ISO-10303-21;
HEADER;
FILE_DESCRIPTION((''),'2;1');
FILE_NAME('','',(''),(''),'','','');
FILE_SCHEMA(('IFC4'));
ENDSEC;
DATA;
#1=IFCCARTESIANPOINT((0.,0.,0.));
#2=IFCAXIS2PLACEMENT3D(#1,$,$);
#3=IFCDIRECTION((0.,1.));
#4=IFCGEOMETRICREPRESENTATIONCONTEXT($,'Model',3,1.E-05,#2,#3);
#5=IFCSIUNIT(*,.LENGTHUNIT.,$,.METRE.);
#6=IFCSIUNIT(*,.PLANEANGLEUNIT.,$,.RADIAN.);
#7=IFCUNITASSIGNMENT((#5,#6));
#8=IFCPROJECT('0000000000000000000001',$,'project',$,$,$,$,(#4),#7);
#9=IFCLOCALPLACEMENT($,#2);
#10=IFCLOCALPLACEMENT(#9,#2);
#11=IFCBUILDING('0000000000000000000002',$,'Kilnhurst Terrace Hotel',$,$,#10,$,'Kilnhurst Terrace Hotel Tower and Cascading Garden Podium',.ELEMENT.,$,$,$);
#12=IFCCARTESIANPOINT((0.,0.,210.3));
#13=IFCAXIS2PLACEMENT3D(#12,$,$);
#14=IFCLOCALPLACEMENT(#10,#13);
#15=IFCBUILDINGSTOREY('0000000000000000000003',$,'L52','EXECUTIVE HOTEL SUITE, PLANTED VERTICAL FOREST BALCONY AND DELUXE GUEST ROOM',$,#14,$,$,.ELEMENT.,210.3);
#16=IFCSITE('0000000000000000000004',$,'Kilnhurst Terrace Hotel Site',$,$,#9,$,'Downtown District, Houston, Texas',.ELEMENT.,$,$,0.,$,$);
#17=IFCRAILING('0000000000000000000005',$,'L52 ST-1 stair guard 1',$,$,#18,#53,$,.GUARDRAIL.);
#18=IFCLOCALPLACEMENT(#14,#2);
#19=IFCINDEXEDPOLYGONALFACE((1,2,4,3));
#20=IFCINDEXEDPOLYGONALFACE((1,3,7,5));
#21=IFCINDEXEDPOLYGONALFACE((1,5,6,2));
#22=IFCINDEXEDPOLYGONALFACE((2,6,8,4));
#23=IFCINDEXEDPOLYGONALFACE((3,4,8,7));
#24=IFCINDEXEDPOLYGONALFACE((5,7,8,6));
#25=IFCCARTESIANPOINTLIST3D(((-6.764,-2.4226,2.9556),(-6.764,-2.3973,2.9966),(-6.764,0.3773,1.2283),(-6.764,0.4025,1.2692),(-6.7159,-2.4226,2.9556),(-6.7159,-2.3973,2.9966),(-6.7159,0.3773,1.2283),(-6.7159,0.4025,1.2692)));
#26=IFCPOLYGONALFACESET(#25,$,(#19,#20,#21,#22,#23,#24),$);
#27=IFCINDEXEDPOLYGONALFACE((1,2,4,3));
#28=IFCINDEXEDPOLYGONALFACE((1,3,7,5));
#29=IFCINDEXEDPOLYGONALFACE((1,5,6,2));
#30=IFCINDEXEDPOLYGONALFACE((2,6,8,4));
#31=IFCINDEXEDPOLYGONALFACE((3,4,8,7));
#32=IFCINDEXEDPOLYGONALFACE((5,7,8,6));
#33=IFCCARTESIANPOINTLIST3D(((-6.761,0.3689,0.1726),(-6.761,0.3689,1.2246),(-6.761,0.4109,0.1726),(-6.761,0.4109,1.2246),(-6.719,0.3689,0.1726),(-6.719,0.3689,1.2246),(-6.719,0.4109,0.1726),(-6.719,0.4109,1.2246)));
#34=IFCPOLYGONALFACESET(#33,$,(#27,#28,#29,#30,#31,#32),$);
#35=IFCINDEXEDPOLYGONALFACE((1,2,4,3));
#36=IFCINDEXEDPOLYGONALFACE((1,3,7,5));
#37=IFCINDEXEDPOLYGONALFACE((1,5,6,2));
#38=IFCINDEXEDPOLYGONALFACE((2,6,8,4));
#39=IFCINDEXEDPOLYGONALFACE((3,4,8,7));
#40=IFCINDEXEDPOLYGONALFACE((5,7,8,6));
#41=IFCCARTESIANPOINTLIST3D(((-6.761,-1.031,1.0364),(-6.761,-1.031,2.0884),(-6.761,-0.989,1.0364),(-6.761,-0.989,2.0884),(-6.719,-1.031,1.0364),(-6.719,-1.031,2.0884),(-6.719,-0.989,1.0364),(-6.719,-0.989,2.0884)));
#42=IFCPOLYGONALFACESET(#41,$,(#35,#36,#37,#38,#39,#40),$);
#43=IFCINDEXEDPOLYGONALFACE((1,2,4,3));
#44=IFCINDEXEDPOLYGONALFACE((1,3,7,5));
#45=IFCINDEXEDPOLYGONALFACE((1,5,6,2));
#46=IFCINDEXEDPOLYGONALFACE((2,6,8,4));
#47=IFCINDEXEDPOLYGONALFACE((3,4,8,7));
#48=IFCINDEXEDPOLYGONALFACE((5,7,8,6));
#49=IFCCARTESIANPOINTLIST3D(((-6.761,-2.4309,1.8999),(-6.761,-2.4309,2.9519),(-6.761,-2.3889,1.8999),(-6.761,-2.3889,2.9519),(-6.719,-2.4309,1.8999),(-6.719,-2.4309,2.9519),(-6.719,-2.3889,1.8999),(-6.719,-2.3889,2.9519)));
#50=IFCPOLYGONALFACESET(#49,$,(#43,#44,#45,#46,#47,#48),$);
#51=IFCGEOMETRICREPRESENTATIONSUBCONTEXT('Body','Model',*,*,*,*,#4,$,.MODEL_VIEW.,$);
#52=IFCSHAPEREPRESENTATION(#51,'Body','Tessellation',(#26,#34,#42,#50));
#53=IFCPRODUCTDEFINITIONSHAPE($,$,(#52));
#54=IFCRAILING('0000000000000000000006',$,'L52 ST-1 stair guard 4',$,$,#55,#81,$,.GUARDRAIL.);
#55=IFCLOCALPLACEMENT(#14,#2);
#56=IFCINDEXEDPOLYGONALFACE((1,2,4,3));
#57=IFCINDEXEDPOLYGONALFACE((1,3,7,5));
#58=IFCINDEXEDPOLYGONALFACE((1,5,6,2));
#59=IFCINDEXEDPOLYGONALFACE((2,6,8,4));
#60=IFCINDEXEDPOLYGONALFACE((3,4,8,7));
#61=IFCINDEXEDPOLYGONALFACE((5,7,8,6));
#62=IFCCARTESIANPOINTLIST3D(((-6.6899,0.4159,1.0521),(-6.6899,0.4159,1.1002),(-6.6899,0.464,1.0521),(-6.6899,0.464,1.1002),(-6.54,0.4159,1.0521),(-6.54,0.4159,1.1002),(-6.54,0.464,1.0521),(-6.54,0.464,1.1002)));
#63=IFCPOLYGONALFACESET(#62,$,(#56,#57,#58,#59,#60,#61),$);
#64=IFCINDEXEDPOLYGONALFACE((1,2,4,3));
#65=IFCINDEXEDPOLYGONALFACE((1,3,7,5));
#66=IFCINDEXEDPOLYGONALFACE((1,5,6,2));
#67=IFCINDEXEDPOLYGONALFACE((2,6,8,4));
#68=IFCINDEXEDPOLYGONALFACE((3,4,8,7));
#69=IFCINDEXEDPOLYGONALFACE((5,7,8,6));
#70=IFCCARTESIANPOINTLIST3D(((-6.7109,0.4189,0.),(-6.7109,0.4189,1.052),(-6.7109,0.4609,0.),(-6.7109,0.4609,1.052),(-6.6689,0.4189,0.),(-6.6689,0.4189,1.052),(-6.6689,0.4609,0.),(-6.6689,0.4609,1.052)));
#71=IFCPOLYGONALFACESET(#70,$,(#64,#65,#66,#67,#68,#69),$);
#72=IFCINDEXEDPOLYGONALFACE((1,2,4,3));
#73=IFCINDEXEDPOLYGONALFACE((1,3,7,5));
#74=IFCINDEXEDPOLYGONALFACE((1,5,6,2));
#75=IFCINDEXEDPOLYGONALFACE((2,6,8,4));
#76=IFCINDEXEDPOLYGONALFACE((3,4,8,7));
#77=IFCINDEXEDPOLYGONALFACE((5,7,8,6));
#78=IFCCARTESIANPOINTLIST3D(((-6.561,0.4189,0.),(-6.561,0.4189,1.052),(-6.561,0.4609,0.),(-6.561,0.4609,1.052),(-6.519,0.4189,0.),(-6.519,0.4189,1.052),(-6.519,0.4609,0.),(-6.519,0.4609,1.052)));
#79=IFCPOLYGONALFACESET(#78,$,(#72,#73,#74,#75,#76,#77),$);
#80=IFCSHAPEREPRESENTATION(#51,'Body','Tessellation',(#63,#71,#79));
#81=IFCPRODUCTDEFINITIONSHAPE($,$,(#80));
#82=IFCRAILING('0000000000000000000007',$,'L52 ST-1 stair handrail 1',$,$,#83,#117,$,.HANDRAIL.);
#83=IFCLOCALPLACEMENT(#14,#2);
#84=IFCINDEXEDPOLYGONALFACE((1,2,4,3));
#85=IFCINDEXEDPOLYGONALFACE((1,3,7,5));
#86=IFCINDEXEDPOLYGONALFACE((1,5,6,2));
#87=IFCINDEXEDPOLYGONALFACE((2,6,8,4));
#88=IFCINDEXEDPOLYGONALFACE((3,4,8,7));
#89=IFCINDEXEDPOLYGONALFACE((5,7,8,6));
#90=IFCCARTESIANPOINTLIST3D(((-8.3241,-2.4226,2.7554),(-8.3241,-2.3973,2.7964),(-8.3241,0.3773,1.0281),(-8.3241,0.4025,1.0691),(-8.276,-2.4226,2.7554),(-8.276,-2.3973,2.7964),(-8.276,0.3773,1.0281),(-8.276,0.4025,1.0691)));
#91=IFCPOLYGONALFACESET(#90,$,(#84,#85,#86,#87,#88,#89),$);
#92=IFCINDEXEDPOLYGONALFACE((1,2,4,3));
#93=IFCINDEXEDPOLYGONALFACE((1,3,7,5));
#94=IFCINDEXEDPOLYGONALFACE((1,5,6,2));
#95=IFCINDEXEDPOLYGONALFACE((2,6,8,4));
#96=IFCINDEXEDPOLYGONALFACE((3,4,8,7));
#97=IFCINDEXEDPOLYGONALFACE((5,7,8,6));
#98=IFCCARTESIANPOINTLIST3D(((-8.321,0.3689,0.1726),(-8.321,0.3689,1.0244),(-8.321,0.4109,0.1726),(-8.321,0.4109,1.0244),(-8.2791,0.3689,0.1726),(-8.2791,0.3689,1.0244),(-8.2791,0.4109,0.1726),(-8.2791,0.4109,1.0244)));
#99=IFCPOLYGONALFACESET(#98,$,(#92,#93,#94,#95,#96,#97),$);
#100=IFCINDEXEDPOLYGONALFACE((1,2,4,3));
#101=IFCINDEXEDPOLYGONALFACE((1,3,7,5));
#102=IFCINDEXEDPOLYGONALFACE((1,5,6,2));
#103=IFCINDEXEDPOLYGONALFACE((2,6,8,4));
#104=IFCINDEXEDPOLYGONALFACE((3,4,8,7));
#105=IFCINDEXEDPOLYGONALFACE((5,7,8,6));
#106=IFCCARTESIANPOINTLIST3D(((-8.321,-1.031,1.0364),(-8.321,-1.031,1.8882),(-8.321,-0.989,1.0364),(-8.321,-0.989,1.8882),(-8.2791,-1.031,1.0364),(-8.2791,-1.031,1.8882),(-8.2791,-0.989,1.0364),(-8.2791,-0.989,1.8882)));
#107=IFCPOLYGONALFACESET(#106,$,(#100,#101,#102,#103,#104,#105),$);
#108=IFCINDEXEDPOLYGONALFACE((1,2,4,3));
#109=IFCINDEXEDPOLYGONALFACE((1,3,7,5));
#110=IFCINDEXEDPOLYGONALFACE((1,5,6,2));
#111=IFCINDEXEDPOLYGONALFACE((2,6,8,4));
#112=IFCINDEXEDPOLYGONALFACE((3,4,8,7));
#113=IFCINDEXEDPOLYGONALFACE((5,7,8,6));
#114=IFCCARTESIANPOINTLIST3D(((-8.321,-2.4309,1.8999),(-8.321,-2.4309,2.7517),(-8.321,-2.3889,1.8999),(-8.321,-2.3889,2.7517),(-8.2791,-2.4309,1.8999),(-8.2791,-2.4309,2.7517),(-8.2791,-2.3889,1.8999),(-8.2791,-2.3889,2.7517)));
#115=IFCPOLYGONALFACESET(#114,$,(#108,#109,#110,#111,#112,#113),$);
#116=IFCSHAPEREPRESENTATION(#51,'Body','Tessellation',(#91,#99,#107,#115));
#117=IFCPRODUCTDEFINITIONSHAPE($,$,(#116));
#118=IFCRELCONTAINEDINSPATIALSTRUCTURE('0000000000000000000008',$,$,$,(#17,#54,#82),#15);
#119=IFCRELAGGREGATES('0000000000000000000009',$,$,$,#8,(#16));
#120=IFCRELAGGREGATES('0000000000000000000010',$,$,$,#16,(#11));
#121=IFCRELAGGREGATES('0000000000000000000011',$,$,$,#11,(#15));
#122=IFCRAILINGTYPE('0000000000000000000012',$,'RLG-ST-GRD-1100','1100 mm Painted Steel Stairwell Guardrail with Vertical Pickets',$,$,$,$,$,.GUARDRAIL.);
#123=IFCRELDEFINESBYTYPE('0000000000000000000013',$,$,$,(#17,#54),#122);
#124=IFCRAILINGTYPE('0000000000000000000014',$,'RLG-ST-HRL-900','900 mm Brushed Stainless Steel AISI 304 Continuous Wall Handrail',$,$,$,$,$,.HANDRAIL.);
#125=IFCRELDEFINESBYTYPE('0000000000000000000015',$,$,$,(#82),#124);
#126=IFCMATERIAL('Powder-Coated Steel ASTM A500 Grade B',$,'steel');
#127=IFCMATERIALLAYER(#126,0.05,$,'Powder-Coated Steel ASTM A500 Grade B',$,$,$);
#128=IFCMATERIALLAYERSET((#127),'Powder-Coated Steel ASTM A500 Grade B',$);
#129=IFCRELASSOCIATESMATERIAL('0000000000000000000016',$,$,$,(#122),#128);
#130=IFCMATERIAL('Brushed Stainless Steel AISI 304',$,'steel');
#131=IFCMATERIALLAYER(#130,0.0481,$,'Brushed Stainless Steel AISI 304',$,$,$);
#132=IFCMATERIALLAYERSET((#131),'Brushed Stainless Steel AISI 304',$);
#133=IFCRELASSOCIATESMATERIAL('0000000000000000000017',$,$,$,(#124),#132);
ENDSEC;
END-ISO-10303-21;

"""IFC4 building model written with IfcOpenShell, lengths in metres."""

from ifc_helpers import new_model, si_unit, direction, frame, origin, origin_2d, place, context, subcontext, project, spatial, rectangle, extrude, material, layer, layer_set, type_object, element, save


model = new_model("IFC4")

# Units and contexts
model_context = context("Model", 3, precision=1e-05, world=origin(), true_north=direction((0.0, 1.0)))
body_context = subcontext(model_context, "Body", "Model", "MODEL_VIEW")
ifc_project = project(units=[si_unit("LENGTHUNIT", "METRE"), si_unit("PLANEANGLEUNIT", "RADIAN")], contexts=[model_context])

# Site, building, storey
site_placement = place(None, origin())
site = spatial("IfcSite", under=ifc_project, at=site_placement, Name="Kilnhurst Terrace Hotel Site", LongName="Downtown District, Houston, Texas", CompositionType="ELEMENT", RefElevation=0.0)
building_placement = place(site_placement, origin())
building = spatial("IfcBuilding", under=site, at=building_placement, Name="Kilnhurst Terrace Hotel", LongName="Kilnhurst Terrace Hotel Tower and Cascading Garden Podium", CompositionType="ELEMENT")
storey_placement = place(building_placement, frame((0.0, 0.0, 210.3)))
storey = spatial("IfcBuildingStorey", under=building, at=storey_placement, Name="L52", Description="EXECUTIVE HOTEL SUITE, PLANTED VERTICAL FOREST BALCONY AND DELUXE GUEST ROOM", CompositionType="ELEMENT", Elevation=210.3)

# Railings
ifc_material_1 = material(Name="Powder-Coated Steel ASTM A500 Grade B", Category="steel")
ifc_layer_1 = layer(ifc_material_1, 0.05, Name="Powder-Coated Steel ASTM A500 Grade B")
ifc_layer_set_1 = layer_set([ifc_layer_1], Name="Powder-Coated Steel ASTM A500 Grade B")
railing_type_1 = type_object("IfcRailingType", Name="RLG-ST-GRD-1100", Description="1100 mm Painted Steel Stairwell Guardrail with Vertical Pickets", PredefinedType="GUARDRAIL", material=ifc_layer_set_1)
railing_1_placement = place(storey_placement, frame((-6.74, 0.3899, 0.1726)))
element("IfcRailing", 1, at=railing_1_placement, inside=storey, type_object=railing_type_1, Name="L52 ST-1 stair guard 1", PredefinedType="GUARDRAIL", context=body_context, shape_type="SweptSolid", body=[
    extrude(rectangle(XDim=0.0481, YDim=0.0481, at=origin_2d()), frame((0.0, 0.0, 1.0762), z_axis=(0.0, -0.851069, 0.525054), x_axis=(1.0, 0.0, 0.0)), (0.0, 0.0, 1.0), 3.2898),
    extrude(rectangle(XDim=0.042, YDim=0.042, at=origin_2d()), origin(), (0.0, 0.0, 1.0), 1.052),
    extrude(rectangle(XDim=0.042, YDim=0.042, at=origin_2d()), frame((0.0, -1.3999, 0.8638)), (0.0, 0.0, 1.0), 1.052),
    extrude(rectangle(XDim=0.042, YDim=0.042, at=origin_2d()), frame((0.0, -2.7998, 1.7273)), (0.0, 0.0, 1.0), 1.052),
])
railing_2_placement = place(storey_placement, frame((-6.6899, 0.4399, 0.0)))
element("IfcRailing", 2, at=railing_2_placement, inside=storey, type_object=railing_type_1, Name="L52 ST-1 stair guard 4", PredefinedType="GUARDRAIL", context=body_context, shape_type="SweptSolid", body=[
    extrude(rectangle(XDim=0.0481, YDim=0.0481, at=origin_2d()), frame((0.0, 0.0, 1.0762), z_axis=(1.0, 0.0, 0.0), x_axis=(0.0, 1.0, 0.0)), (0.0, 0.0, 1.0), 0.1499),
    extrude(rectangle(XDim=0.042, YDim=0.042, at=origin_2d()), origin(), (0.0, 0.0, 1.0), 1.052),
    extrude(rectangle(XDim=0.042, YDim=0.042, at=origin_2d()), frame((0.1499, 0.0, 0.0)), (0.0, 0.0, 1.0), 1.052),
])
ifc_material_2 = material(Name="Brushed Stainless Steel AISI 304", Category="steel")
ifc_layer_2 = layer(ifc_material_2, 0.0481, Name="Brushed Stainless Steel AISI 304")
ifc_layer_set_2 = layer_set([ifc_layer_2], Name="Brushed Stainless Steel AISI 304")
railing_type_2 = type_object("IfcRailingType", Name="RLG-ST-HRL-900", Description="900 mm Brushed Stainless Steel AISI 304 Continuous Wall Handrail", PredefinedType="HANDRAIL", material=ifc_layer_set_2)
railing_3_placement = place(storey_placement, frame((-8.3, 0.3899, 0.1726)))
element("IfcRailing", 3, at=railing_3_placement, inside=storey, type_object=railing_type_2, Name="L52 ST-1 stair handrail 1", PredefinedType="HANDRAIL", context=body_context, shape_type="SweptSolid", body=[
    extrude(rectangle(XDim=0.0481, YDim=0.0481, at=origin_2d()), frame((0.0, 0.0, 0.876), z_axis=(0.0, -0.851069, 0.525054), x_axis=(1.0, 0.0, 0.0)), (0.0, 0.0, 1.0), 3.2898),
    extrude(rectangle(XDim=0.042, YDim=0.042, at=origin_2d()), origin(), (0.0, 0.0, 1.0), 0.8518),
    extrude(rectangle(XDim=0.042, YDim=0.042, at=origin_2d()), frame((0.0, -1.3999, 0.8638)), (0.0, 0.0, 1.0), 0.8518),
    extrude(rectangle(XDim=0.042, YDim=0.042, at=origin_2d()), frame((0.0, -2.7998, 1.7273)), (0.0, 0.0, 1.0), 0.8518),
])

save(model, "model.ifc")
